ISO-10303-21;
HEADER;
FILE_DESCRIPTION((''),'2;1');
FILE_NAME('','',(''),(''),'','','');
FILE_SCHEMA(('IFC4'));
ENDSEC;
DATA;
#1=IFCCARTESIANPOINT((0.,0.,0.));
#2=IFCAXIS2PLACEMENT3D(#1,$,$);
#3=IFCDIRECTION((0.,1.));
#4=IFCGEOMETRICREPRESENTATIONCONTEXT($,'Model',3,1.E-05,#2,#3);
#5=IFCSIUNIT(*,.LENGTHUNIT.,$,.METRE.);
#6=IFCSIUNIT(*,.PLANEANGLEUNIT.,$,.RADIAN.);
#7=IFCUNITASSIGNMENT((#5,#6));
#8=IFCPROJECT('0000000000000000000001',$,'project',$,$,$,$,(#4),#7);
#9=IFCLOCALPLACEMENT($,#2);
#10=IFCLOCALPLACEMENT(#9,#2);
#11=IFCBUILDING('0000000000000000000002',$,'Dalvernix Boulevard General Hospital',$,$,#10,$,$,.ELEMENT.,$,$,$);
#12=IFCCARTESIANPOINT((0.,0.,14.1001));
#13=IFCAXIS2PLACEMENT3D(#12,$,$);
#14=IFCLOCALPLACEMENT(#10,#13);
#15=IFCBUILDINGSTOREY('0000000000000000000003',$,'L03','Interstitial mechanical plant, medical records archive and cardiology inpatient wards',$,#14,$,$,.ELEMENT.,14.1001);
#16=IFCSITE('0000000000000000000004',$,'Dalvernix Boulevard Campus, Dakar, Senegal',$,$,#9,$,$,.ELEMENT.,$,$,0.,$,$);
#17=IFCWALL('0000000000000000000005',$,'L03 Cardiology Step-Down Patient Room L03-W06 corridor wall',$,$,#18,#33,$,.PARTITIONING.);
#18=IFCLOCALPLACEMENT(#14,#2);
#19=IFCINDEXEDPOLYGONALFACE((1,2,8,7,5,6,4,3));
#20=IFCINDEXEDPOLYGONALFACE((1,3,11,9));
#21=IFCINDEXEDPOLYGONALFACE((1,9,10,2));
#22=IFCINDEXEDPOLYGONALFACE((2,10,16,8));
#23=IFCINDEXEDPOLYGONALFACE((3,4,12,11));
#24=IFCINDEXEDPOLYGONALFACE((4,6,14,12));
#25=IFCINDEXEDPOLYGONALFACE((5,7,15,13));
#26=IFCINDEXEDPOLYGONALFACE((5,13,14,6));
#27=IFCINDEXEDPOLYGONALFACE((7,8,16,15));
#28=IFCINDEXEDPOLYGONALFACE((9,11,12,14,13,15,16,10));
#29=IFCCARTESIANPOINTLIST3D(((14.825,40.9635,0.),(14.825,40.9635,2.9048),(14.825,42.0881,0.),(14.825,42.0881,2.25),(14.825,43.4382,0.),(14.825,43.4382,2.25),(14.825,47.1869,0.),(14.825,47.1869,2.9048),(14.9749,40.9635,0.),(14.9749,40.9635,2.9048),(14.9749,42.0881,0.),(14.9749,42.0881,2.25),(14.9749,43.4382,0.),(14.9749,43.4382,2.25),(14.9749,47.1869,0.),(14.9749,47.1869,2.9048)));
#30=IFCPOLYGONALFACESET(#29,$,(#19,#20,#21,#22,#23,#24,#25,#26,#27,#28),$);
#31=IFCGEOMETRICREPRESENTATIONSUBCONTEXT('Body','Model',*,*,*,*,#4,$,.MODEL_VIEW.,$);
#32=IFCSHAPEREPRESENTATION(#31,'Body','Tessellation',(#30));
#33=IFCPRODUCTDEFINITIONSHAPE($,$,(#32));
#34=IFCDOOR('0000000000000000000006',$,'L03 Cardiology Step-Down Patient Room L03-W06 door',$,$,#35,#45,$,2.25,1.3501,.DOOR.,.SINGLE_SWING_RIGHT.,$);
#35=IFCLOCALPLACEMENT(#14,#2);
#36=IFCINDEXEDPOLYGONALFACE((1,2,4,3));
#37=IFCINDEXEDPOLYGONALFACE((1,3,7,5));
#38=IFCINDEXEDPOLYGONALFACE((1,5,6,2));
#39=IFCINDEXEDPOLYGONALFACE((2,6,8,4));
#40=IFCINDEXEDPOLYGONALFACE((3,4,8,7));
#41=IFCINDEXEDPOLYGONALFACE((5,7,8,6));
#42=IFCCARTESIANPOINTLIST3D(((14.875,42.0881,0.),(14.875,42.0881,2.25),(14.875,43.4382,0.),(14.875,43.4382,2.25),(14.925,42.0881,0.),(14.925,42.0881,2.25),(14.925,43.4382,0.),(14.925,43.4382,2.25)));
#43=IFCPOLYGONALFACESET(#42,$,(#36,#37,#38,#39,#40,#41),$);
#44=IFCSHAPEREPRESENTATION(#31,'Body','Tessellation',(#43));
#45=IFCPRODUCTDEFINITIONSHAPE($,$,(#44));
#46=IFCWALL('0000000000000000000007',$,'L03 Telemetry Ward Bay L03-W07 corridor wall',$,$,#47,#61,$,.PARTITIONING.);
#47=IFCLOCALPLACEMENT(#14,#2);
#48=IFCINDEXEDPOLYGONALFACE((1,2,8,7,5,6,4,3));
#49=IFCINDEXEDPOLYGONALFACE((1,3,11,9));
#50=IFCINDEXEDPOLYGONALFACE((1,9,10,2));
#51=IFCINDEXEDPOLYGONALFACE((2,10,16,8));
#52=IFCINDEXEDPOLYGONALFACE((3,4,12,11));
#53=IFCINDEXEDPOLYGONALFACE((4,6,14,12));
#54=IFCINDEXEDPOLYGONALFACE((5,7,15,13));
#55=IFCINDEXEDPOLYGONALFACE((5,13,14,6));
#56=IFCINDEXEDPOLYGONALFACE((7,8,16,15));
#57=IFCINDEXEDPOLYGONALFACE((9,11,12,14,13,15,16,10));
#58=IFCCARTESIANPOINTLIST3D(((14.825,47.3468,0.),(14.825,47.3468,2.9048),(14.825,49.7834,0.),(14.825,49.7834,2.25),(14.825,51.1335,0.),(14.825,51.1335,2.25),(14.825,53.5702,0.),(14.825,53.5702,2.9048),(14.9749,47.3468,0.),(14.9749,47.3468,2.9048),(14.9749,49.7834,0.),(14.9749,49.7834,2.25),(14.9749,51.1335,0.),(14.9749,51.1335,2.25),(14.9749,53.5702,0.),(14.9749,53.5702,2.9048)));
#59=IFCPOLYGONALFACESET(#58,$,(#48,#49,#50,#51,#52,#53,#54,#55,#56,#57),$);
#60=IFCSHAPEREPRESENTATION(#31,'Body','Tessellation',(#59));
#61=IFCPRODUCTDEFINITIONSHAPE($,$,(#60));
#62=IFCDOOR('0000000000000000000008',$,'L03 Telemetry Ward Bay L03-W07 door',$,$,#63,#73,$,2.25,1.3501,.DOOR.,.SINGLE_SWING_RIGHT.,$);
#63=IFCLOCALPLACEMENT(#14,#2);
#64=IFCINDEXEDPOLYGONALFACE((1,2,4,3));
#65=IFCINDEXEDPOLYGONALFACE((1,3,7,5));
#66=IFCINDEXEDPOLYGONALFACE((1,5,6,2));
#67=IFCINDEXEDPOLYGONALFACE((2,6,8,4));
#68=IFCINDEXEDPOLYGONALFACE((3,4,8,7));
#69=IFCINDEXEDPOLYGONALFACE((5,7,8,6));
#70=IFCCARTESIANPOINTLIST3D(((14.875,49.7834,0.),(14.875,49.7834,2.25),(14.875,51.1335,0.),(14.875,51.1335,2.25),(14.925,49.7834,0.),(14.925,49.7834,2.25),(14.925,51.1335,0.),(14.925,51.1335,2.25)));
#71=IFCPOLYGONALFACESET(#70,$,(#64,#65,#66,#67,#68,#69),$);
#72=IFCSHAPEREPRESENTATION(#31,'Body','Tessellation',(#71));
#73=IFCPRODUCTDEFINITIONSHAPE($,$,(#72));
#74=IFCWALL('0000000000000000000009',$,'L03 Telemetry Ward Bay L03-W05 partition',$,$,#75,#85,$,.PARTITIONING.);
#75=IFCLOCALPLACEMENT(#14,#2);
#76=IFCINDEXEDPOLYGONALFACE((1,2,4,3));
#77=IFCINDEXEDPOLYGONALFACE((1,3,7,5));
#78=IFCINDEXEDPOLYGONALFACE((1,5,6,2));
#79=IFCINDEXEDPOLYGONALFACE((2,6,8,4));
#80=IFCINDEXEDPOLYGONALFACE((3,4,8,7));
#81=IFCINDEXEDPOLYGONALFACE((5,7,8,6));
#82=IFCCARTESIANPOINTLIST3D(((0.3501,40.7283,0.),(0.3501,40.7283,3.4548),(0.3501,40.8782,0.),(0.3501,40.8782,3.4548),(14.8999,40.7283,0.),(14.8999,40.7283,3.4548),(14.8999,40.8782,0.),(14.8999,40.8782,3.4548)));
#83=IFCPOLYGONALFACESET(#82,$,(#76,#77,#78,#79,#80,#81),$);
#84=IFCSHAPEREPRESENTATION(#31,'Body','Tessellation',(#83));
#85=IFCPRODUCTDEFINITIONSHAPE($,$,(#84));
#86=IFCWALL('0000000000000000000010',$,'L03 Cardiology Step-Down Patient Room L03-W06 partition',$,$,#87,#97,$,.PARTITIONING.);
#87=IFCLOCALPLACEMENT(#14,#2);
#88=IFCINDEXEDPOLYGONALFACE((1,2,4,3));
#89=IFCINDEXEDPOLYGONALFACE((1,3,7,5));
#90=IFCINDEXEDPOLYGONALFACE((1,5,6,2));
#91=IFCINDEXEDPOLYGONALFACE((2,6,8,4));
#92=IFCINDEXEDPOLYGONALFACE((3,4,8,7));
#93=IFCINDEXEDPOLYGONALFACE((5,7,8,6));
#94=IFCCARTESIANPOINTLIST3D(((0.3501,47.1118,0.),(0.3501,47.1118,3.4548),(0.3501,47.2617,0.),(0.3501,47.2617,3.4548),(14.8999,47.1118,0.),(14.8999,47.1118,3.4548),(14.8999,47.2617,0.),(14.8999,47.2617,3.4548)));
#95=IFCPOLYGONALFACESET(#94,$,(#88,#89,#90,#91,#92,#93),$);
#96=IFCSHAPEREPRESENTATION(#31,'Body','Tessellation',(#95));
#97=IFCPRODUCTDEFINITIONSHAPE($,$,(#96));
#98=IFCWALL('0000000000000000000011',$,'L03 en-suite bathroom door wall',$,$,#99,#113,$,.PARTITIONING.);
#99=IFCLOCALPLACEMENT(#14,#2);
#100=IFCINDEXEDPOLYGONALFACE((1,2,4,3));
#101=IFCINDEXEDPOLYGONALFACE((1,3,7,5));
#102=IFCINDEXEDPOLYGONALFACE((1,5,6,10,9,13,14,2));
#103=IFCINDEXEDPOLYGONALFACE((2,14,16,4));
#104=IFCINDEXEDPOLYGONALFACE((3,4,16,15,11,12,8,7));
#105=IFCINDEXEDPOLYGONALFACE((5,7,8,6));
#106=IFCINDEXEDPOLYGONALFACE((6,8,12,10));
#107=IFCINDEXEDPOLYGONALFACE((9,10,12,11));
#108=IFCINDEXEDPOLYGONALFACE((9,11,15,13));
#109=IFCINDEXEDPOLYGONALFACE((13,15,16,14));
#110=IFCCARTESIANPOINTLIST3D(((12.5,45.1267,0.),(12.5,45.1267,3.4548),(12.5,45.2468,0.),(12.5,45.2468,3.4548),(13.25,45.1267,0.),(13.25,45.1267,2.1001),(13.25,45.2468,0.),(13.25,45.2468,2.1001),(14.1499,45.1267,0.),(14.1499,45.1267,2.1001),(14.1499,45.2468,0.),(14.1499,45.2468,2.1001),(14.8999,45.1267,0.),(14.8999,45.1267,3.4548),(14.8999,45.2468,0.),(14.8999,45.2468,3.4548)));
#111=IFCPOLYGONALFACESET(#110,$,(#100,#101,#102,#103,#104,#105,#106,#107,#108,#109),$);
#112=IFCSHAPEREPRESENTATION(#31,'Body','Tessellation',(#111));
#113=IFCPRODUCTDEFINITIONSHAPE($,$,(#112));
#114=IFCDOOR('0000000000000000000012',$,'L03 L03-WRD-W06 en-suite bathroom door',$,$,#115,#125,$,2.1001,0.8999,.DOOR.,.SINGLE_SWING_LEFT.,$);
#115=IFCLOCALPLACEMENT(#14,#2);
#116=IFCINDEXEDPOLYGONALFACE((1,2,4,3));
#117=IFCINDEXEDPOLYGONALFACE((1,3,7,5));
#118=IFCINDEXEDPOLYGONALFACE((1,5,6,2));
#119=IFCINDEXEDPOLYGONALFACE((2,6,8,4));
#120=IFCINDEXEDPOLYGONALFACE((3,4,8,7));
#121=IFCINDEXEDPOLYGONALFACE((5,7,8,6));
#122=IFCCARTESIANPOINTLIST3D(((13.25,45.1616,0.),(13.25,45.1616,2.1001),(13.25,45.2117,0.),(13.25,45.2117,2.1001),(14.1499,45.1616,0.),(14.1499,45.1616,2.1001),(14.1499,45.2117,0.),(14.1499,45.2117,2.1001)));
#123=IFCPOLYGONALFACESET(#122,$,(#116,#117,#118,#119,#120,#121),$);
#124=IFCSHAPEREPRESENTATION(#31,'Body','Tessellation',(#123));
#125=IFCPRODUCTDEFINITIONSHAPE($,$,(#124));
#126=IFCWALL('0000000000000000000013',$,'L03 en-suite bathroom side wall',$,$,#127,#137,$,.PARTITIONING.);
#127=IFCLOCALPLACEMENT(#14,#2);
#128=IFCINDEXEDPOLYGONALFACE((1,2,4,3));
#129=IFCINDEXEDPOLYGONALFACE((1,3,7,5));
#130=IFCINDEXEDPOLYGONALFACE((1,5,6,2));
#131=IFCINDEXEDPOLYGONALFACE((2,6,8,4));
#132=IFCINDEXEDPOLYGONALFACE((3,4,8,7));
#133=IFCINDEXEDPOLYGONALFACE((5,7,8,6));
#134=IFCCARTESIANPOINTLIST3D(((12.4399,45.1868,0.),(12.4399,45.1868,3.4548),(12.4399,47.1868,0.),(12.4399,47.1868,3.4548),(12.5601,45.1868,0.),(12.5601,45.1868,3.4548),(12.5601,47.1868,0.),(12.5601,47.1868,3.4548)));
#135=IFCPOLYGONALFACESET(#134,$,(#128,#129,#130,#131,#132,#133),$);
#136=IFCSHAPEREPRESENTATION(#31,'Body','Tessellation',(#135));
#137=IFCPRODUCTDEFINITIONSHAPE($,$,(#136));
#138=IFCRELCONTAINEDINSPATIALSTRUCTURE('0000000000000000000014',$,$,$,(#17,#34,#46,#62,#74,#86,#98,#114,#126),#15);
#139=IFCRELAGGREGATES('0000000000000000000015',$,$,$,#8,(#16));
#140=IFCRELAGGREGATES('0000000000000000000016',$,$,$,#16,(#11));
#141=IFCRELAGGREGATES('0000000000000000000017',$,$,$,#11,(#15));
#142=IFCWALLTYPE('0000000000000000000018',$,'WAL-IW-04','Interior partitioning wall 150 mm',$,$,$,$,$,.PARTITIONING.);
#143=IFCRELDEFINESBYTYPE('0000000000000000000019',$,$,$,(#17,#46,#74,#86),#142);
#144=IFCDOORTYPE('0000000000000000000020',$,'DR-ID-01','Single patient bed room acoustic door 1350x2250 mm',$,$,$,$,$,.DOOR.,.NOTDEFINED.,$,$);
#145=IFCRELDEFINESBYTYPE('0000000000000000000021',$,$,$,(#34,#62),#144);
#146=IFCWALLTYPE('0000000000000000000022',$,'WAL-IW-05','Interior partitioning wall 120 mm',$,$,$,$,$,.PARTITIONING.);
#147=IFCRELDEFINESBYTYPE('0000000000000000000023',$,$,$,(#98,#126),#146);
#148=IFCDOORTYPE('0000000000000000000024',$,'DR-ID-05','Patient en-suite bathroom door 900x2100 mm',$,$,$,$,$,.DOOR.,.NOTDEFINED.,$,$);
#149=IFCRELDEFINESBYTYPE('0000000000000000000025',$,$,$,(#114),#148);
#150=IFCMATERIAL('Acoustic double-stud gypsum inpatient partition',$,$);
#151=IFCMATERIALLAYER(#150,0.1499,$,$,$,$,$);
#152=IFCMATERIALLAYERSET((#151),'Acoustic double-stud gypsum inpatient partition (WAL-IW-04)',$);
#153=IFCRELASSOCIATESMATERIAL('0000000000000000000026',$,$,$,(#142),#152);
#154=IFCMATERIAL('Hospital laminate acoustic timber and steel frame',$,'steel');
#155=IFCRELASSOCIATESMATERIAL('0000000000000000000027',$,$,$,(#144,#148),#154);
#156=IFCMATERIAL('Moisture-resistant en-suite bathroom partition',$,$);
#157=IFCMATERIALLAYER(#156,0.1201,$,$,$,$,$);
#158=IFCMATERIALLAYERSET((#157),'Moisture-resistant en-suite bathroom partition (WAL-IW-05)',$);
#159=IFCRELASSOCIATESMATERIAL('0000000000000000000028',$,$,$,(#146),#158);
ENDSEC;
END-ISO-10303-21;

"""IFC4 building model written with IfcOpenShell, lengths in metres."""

from ifc_helpers import new_model, si_unit, direction, frame, frame_2d, origin, place, context, subcontext, project, spatial, rectangle, extrude, material, layer, layer_set, type_object, element, fill, save


model = new_model("IFC4")

# Units and contexts
model_context = context("Model", 3, precision=1e-05, world=origin(), true_north=direction((0.0, 1.0)))
body_context = subcontext(model_context, "Body", "Model", "MODEL_VIEW")
ifc_project = project(units=[si_unit("LENGTHUNIT", "METRE"), si_unit("PLANEANGLEUNIT", "RADIAN")], contexts=[model_context])

# Site, building, storey
site_placement = place(None, origin())
site = spatial("IfcSite", under=ifc_project, at=site_placement, Name="Dalvernix Boulevard Campus, Dakar, Senegal", CompositionType="ELEMENT", RefElevation=0.0)
building_placement = place(site_placement, origin())
building = spatial("IfcBuilding", under=site, at=building_placement, Name="Dalvernix Boulevard General Hospital", CompositionType="ELEMENT")
storey_placement = place(building_placement, frame((0.0, 0.0, 14.1001)))
storey = spatial("IfcBuildingStorey", under=building, at=storey_placement, Name="L03", Description="Interstitial mechanical plant, medical records archive and cardiology inpatient wards", CompositionType="ELEMENT", Elevation=14.1001)

# Walls, openings, doors
ifc_material_1 = material(Name="Acoustic double-stud gypsum inpatient partition")
ifc_layer_1 = layer(ifc_material_1, 0.1499)
ifc_layer_set_1 = layer_set([ifc_layer_1], Name="Acoustic double-stud gypsum inpatient partition (WAL-IW-04)")
wall_type_1 = type_object("IfcWallType", Name="WAL-IW-04", Description="Interior partitioning wall 150 mm", PredefinedType="PARTITIONING", material=ifc_layer_set_1)
wall_1_placement = place(storey_placement, frame((14.8999, 40.9634, 0.0), z_axis=(0.0, 0.0, 1.0), x_axis=(0.0, 1.0, 0.0)))
wall_1 = element("IfcWall", 1, at=wall_1_placement, inside=storey, type_object=wall_type_1, Name="L03 Cardiology Step-Down Patient Room L03-W06 corridor wall", PredefinedType="PARTITIONING", context=body_context, shape_type="SweptSolid", body=[
    extrude(rectangle(XDim=6.2234, YDim=0.1499, at=frame_2d((3.1118, 0.0))), origin(), (0.0, 0.0, 1.0), 2.9048),
])
opening_1_placement = place(wall_1_placement, frame((1.1248, 0.0, 0.0)))
opening_1 = element("IfcOpeningElement", 2, at=opening_1_placement, cuts=wall_1, PredefinedType="OPENING", context=body_context, shape_type="SweptSolid", body=[
    extrude(rectangle(XDim=1.3501, YDim=2.25, at=frame_2d((0.675, 1.125))), frame((0.0, 0.085, 0.0), z_axis=(0.0, -1.0, 0.0), x_axis=(1.0, 0.0, 0.0)), (0.0, 0.0, 1.0), 0.1699),
])
ifc_material_2 = material(Name="Hospital laminate acoustic timber and steel frame", Category="steel")
door_type_1 = type_object("IfcDoorType", Name="DR-ID-01", Description="Single patient bed room acoustic door 1350x2250 mm", OperationType="NOTDEFINED", PredefinedType="DOOR", material=ifc_material_2)
door_1_placement = place(opening_1_placement, origin())
door_1 = element("IfcDoor", 3, at=door_1_placement, inside=storey, type_object=door_type_1, Name="L03 Cardiology Step-Down Patient Room L03-W06 door", OperationType="SINGLE_SWING_RIGHT", OverallHeight=2.25, OverallWidth=1.3501, PredefinedType="DOOR", context=body_context, shape_type="SweptSolid", body=[
    extrude(rectangle(XDim=1.3501, YDim=2.25, at=frame_2d((0.675, 1.125))), frame((0.0, 0.0249, 0.0), z_axis=(0.0, -1.0, 0.0), x_axis=(1.0, 0.0, 0.0)), (0.0, 0.0, 1.0), 0.05),
])
fill(opening_1, door_1)
wall_2_placement = place(storey_placement, frame((14.8999, 47.3467, 0.0), z_axis=(0.0, 0.0, 1.0), x_axis=(0.0, 1.0, 0.0)))
wall_2 = element("IfcWall", 4, at=wall_2_placement, inside=storey, type_object=wall_type_1, Name="L03 Telemetry Ward Bay L03-W07 corridor wall", PredefinedType="PARTITIONING", context=body_context, shape_type="SweptSolid", body=[
    extrude(rectangle(XDim=6.2234, YDim=0.1499, at=frame_2d((3.1118, 0.0))), origin(), (0.0, 0.0, 1.0), 2.9048),
])
opening_2_placement = place(wall_2_placement, frame((2.4368, 0.0, 0.0)))
opening_2 = element("IfcOpeningElement", 5, at=opening_2_placement, cuts=wall_2, PredefinedType="OPENING", context=body_context, shape_type="SweptSolid", body=[
    extrude(rectangle(XDim=1.3501, YDim=2.25, at=frame_2d((0.675, 1.125))), frame((0.0, 0.085, 0.0), z_axis=(0.0, -1.0, 0.0), x_axis=(1.0, 0.0, 0.0)), (0.0, 0.0, 1.0), 0.1699),
])
door_2_placement = place(opening_2_placement, origin())
door_2 = element("IfcDoor", 6, at=door_2_placement, inside=storey, type_object=door_type_1, Name="L03 Telemetry Ward Bay L03-W07 door", OperationType="SINGLE_SWING_RIGHT", OverallHeight=2.25, OverallWidth=1.3501, PredefinedType="DOOR", context=body_context, shape_type="SweptSolid", body=[
    extrude(rectangle(XDim=1.3501, YDim=2.25, at=frame_2d((0.675, 1.125))), frame((0.0, 0.0249, 0.0), z_axis=(0.0, -1.0, 0.0), x_axis=(1.0, 0.0, 0.0)), (0.0, 0.0, 1.0), 0.05),
])
fill(opening_2, door_2)

# Walls
for number, where, z_axis, x_axis, name in (
    (7, (0.3501, 40.8032, 0.0), (0.0, 0.0, 1.0), (1.0, 0.0, 0.0), "L03 Telemetry Ward Bay L03-W05 partition"),
    (8, (0.3501, 47.1868, 0.0), (0.0, 0.0, 1.0), (1.0, 0.0, 0.0), "L03 Cardiology Step-Down Patient Room L03-W06 partition"),
):
    element("IfcWall", number, at=place(storey_placement, frame(where, z_axis=z_axis, x_axis=x_axis)), inside=storey, type_object=wall_type_1, Name=name, PredefinedType="PARTITIONING", context=body_context, shape_type="SweptSolid", body=[
        extrude(rectangle(XDim=14.5498, YDim=0.1499, at=frame_2d((7.2749, 0.0))), origin(), (0.0, 0.0, 1.0), 3.4548),
    ])

# Wall, opening, door
ifc_material_3 = material(Name="Moisture-resistant en-suite bathroom partition")
ifc_layer_2 = layer(ifc_material_3, 0.1201)
ifc_layer_set_2 = layer_set([ifc_layer_2], Name="Moisture-resistant en-suite bathroom partition (WAL-IW-05)")
wall_type_2 = type_object("IfcWallType", Name="WAL-IW-05", Description="Interior partitioning wall 120 mm", PredefinedType="PARTITIONING", material=ifc_layer_set_2)
wall_3_placement = place(storey_placement, frame((12.5, 45.1868, 0.0), z_axis=(0.0, 0.0, 1.0), x_axis=(1.0, 0.0, 0.0)))
wall_3 = element("IfcWall", 9, at=wall_3_placement, inside=storey, type_object=wall_type_2, Name="L03 en-suite bathroom door wall", PredefinedType="PARTITIONING", context=body_context, shape_type="SweptSolid", body=[
    extrude(rectangle(XDim=2.3999, YDim=0.1201, at=frame_2d((1.2, 0.0))), origin(), (0.0, 0.0, 1.0), 3.4548),
])
opening_3_placement = place(wall_3_placement, frame((0.75, 0.0, 0.0)))
opening_3 = element("IfcOpeningElement", 10, at=opening_3_placement, cuts=wall_3, PredefinedType="OPENING", context=body_context, shape_type="SweptSolid", body=[
    extrude(rectangle(XDim=0.8999, YDim=2.1001, at=frame_2d((0.45, 1.05))), frame((0.0, 0.0701, 0.0), z_axis=(0.0, -1.0, 0.0), x_axis=(1.0, 0.0, 0.0)), (0.0, 0.0, 1.0), 0.1401),
])
door_type_2 = type_object("IfcDoorType", Name="DR-ID-05", Description="Patient en-suite bathroom door 900x2100 mm", OperationType="NOTDEFINED", PredefinedType="DOOR", material=ifc_material_2)
door_3_placement = place(opening_3_placement, origin())
door_3 = element("IfcDoor", 11, at=door_3_placement, inside=storey, type_object=door_type_2, Name="L03 L03-WRD-W06 en-suite bathroom door", OperationType="SINGLE_SWING_LEFT", OverallHeight=2.1001, OverallWidth=0.8999, PredefinedType="DOOR", context=body_context, shape_type="SweptSolid", body=[
    extrude(rectangle(XDim=0.8999, YDim=2.1001, at=frame_2d((0.45, 1.05))), frame((0.0, 0.0249, 0.0), z_axis=(0.0, -1.0, 0.0), x_axis=(1.0, 0.0, 0.0)), (0.0, 0.0, 1.0), 0.05),
])
fill(opening_3, door_3)

# Wall
wall_4_placement = place(storey_placement, frame((12.5, 45.1868, 0.0), z_axis=(0.0, 0.0, 1.0), x_axis=(0.0, 1.0, 0.0)))
element("IfcWall", 12, at=wall_4_placement, inside=storey, type_object=wall_type_2, Name="L03 en-suite bathroom side wall", PredefinedType="PARTITIONING", context=body_context, shape_type="SweptSolid", body=[
    extrude(rectangle(XDim=2.0, YDim=0.1201, at=frame_2d((1.0, 0.0))), origin(), (0.0, 0.0, 1.0), 3.4548),
])

save(model, "model.ifc")
